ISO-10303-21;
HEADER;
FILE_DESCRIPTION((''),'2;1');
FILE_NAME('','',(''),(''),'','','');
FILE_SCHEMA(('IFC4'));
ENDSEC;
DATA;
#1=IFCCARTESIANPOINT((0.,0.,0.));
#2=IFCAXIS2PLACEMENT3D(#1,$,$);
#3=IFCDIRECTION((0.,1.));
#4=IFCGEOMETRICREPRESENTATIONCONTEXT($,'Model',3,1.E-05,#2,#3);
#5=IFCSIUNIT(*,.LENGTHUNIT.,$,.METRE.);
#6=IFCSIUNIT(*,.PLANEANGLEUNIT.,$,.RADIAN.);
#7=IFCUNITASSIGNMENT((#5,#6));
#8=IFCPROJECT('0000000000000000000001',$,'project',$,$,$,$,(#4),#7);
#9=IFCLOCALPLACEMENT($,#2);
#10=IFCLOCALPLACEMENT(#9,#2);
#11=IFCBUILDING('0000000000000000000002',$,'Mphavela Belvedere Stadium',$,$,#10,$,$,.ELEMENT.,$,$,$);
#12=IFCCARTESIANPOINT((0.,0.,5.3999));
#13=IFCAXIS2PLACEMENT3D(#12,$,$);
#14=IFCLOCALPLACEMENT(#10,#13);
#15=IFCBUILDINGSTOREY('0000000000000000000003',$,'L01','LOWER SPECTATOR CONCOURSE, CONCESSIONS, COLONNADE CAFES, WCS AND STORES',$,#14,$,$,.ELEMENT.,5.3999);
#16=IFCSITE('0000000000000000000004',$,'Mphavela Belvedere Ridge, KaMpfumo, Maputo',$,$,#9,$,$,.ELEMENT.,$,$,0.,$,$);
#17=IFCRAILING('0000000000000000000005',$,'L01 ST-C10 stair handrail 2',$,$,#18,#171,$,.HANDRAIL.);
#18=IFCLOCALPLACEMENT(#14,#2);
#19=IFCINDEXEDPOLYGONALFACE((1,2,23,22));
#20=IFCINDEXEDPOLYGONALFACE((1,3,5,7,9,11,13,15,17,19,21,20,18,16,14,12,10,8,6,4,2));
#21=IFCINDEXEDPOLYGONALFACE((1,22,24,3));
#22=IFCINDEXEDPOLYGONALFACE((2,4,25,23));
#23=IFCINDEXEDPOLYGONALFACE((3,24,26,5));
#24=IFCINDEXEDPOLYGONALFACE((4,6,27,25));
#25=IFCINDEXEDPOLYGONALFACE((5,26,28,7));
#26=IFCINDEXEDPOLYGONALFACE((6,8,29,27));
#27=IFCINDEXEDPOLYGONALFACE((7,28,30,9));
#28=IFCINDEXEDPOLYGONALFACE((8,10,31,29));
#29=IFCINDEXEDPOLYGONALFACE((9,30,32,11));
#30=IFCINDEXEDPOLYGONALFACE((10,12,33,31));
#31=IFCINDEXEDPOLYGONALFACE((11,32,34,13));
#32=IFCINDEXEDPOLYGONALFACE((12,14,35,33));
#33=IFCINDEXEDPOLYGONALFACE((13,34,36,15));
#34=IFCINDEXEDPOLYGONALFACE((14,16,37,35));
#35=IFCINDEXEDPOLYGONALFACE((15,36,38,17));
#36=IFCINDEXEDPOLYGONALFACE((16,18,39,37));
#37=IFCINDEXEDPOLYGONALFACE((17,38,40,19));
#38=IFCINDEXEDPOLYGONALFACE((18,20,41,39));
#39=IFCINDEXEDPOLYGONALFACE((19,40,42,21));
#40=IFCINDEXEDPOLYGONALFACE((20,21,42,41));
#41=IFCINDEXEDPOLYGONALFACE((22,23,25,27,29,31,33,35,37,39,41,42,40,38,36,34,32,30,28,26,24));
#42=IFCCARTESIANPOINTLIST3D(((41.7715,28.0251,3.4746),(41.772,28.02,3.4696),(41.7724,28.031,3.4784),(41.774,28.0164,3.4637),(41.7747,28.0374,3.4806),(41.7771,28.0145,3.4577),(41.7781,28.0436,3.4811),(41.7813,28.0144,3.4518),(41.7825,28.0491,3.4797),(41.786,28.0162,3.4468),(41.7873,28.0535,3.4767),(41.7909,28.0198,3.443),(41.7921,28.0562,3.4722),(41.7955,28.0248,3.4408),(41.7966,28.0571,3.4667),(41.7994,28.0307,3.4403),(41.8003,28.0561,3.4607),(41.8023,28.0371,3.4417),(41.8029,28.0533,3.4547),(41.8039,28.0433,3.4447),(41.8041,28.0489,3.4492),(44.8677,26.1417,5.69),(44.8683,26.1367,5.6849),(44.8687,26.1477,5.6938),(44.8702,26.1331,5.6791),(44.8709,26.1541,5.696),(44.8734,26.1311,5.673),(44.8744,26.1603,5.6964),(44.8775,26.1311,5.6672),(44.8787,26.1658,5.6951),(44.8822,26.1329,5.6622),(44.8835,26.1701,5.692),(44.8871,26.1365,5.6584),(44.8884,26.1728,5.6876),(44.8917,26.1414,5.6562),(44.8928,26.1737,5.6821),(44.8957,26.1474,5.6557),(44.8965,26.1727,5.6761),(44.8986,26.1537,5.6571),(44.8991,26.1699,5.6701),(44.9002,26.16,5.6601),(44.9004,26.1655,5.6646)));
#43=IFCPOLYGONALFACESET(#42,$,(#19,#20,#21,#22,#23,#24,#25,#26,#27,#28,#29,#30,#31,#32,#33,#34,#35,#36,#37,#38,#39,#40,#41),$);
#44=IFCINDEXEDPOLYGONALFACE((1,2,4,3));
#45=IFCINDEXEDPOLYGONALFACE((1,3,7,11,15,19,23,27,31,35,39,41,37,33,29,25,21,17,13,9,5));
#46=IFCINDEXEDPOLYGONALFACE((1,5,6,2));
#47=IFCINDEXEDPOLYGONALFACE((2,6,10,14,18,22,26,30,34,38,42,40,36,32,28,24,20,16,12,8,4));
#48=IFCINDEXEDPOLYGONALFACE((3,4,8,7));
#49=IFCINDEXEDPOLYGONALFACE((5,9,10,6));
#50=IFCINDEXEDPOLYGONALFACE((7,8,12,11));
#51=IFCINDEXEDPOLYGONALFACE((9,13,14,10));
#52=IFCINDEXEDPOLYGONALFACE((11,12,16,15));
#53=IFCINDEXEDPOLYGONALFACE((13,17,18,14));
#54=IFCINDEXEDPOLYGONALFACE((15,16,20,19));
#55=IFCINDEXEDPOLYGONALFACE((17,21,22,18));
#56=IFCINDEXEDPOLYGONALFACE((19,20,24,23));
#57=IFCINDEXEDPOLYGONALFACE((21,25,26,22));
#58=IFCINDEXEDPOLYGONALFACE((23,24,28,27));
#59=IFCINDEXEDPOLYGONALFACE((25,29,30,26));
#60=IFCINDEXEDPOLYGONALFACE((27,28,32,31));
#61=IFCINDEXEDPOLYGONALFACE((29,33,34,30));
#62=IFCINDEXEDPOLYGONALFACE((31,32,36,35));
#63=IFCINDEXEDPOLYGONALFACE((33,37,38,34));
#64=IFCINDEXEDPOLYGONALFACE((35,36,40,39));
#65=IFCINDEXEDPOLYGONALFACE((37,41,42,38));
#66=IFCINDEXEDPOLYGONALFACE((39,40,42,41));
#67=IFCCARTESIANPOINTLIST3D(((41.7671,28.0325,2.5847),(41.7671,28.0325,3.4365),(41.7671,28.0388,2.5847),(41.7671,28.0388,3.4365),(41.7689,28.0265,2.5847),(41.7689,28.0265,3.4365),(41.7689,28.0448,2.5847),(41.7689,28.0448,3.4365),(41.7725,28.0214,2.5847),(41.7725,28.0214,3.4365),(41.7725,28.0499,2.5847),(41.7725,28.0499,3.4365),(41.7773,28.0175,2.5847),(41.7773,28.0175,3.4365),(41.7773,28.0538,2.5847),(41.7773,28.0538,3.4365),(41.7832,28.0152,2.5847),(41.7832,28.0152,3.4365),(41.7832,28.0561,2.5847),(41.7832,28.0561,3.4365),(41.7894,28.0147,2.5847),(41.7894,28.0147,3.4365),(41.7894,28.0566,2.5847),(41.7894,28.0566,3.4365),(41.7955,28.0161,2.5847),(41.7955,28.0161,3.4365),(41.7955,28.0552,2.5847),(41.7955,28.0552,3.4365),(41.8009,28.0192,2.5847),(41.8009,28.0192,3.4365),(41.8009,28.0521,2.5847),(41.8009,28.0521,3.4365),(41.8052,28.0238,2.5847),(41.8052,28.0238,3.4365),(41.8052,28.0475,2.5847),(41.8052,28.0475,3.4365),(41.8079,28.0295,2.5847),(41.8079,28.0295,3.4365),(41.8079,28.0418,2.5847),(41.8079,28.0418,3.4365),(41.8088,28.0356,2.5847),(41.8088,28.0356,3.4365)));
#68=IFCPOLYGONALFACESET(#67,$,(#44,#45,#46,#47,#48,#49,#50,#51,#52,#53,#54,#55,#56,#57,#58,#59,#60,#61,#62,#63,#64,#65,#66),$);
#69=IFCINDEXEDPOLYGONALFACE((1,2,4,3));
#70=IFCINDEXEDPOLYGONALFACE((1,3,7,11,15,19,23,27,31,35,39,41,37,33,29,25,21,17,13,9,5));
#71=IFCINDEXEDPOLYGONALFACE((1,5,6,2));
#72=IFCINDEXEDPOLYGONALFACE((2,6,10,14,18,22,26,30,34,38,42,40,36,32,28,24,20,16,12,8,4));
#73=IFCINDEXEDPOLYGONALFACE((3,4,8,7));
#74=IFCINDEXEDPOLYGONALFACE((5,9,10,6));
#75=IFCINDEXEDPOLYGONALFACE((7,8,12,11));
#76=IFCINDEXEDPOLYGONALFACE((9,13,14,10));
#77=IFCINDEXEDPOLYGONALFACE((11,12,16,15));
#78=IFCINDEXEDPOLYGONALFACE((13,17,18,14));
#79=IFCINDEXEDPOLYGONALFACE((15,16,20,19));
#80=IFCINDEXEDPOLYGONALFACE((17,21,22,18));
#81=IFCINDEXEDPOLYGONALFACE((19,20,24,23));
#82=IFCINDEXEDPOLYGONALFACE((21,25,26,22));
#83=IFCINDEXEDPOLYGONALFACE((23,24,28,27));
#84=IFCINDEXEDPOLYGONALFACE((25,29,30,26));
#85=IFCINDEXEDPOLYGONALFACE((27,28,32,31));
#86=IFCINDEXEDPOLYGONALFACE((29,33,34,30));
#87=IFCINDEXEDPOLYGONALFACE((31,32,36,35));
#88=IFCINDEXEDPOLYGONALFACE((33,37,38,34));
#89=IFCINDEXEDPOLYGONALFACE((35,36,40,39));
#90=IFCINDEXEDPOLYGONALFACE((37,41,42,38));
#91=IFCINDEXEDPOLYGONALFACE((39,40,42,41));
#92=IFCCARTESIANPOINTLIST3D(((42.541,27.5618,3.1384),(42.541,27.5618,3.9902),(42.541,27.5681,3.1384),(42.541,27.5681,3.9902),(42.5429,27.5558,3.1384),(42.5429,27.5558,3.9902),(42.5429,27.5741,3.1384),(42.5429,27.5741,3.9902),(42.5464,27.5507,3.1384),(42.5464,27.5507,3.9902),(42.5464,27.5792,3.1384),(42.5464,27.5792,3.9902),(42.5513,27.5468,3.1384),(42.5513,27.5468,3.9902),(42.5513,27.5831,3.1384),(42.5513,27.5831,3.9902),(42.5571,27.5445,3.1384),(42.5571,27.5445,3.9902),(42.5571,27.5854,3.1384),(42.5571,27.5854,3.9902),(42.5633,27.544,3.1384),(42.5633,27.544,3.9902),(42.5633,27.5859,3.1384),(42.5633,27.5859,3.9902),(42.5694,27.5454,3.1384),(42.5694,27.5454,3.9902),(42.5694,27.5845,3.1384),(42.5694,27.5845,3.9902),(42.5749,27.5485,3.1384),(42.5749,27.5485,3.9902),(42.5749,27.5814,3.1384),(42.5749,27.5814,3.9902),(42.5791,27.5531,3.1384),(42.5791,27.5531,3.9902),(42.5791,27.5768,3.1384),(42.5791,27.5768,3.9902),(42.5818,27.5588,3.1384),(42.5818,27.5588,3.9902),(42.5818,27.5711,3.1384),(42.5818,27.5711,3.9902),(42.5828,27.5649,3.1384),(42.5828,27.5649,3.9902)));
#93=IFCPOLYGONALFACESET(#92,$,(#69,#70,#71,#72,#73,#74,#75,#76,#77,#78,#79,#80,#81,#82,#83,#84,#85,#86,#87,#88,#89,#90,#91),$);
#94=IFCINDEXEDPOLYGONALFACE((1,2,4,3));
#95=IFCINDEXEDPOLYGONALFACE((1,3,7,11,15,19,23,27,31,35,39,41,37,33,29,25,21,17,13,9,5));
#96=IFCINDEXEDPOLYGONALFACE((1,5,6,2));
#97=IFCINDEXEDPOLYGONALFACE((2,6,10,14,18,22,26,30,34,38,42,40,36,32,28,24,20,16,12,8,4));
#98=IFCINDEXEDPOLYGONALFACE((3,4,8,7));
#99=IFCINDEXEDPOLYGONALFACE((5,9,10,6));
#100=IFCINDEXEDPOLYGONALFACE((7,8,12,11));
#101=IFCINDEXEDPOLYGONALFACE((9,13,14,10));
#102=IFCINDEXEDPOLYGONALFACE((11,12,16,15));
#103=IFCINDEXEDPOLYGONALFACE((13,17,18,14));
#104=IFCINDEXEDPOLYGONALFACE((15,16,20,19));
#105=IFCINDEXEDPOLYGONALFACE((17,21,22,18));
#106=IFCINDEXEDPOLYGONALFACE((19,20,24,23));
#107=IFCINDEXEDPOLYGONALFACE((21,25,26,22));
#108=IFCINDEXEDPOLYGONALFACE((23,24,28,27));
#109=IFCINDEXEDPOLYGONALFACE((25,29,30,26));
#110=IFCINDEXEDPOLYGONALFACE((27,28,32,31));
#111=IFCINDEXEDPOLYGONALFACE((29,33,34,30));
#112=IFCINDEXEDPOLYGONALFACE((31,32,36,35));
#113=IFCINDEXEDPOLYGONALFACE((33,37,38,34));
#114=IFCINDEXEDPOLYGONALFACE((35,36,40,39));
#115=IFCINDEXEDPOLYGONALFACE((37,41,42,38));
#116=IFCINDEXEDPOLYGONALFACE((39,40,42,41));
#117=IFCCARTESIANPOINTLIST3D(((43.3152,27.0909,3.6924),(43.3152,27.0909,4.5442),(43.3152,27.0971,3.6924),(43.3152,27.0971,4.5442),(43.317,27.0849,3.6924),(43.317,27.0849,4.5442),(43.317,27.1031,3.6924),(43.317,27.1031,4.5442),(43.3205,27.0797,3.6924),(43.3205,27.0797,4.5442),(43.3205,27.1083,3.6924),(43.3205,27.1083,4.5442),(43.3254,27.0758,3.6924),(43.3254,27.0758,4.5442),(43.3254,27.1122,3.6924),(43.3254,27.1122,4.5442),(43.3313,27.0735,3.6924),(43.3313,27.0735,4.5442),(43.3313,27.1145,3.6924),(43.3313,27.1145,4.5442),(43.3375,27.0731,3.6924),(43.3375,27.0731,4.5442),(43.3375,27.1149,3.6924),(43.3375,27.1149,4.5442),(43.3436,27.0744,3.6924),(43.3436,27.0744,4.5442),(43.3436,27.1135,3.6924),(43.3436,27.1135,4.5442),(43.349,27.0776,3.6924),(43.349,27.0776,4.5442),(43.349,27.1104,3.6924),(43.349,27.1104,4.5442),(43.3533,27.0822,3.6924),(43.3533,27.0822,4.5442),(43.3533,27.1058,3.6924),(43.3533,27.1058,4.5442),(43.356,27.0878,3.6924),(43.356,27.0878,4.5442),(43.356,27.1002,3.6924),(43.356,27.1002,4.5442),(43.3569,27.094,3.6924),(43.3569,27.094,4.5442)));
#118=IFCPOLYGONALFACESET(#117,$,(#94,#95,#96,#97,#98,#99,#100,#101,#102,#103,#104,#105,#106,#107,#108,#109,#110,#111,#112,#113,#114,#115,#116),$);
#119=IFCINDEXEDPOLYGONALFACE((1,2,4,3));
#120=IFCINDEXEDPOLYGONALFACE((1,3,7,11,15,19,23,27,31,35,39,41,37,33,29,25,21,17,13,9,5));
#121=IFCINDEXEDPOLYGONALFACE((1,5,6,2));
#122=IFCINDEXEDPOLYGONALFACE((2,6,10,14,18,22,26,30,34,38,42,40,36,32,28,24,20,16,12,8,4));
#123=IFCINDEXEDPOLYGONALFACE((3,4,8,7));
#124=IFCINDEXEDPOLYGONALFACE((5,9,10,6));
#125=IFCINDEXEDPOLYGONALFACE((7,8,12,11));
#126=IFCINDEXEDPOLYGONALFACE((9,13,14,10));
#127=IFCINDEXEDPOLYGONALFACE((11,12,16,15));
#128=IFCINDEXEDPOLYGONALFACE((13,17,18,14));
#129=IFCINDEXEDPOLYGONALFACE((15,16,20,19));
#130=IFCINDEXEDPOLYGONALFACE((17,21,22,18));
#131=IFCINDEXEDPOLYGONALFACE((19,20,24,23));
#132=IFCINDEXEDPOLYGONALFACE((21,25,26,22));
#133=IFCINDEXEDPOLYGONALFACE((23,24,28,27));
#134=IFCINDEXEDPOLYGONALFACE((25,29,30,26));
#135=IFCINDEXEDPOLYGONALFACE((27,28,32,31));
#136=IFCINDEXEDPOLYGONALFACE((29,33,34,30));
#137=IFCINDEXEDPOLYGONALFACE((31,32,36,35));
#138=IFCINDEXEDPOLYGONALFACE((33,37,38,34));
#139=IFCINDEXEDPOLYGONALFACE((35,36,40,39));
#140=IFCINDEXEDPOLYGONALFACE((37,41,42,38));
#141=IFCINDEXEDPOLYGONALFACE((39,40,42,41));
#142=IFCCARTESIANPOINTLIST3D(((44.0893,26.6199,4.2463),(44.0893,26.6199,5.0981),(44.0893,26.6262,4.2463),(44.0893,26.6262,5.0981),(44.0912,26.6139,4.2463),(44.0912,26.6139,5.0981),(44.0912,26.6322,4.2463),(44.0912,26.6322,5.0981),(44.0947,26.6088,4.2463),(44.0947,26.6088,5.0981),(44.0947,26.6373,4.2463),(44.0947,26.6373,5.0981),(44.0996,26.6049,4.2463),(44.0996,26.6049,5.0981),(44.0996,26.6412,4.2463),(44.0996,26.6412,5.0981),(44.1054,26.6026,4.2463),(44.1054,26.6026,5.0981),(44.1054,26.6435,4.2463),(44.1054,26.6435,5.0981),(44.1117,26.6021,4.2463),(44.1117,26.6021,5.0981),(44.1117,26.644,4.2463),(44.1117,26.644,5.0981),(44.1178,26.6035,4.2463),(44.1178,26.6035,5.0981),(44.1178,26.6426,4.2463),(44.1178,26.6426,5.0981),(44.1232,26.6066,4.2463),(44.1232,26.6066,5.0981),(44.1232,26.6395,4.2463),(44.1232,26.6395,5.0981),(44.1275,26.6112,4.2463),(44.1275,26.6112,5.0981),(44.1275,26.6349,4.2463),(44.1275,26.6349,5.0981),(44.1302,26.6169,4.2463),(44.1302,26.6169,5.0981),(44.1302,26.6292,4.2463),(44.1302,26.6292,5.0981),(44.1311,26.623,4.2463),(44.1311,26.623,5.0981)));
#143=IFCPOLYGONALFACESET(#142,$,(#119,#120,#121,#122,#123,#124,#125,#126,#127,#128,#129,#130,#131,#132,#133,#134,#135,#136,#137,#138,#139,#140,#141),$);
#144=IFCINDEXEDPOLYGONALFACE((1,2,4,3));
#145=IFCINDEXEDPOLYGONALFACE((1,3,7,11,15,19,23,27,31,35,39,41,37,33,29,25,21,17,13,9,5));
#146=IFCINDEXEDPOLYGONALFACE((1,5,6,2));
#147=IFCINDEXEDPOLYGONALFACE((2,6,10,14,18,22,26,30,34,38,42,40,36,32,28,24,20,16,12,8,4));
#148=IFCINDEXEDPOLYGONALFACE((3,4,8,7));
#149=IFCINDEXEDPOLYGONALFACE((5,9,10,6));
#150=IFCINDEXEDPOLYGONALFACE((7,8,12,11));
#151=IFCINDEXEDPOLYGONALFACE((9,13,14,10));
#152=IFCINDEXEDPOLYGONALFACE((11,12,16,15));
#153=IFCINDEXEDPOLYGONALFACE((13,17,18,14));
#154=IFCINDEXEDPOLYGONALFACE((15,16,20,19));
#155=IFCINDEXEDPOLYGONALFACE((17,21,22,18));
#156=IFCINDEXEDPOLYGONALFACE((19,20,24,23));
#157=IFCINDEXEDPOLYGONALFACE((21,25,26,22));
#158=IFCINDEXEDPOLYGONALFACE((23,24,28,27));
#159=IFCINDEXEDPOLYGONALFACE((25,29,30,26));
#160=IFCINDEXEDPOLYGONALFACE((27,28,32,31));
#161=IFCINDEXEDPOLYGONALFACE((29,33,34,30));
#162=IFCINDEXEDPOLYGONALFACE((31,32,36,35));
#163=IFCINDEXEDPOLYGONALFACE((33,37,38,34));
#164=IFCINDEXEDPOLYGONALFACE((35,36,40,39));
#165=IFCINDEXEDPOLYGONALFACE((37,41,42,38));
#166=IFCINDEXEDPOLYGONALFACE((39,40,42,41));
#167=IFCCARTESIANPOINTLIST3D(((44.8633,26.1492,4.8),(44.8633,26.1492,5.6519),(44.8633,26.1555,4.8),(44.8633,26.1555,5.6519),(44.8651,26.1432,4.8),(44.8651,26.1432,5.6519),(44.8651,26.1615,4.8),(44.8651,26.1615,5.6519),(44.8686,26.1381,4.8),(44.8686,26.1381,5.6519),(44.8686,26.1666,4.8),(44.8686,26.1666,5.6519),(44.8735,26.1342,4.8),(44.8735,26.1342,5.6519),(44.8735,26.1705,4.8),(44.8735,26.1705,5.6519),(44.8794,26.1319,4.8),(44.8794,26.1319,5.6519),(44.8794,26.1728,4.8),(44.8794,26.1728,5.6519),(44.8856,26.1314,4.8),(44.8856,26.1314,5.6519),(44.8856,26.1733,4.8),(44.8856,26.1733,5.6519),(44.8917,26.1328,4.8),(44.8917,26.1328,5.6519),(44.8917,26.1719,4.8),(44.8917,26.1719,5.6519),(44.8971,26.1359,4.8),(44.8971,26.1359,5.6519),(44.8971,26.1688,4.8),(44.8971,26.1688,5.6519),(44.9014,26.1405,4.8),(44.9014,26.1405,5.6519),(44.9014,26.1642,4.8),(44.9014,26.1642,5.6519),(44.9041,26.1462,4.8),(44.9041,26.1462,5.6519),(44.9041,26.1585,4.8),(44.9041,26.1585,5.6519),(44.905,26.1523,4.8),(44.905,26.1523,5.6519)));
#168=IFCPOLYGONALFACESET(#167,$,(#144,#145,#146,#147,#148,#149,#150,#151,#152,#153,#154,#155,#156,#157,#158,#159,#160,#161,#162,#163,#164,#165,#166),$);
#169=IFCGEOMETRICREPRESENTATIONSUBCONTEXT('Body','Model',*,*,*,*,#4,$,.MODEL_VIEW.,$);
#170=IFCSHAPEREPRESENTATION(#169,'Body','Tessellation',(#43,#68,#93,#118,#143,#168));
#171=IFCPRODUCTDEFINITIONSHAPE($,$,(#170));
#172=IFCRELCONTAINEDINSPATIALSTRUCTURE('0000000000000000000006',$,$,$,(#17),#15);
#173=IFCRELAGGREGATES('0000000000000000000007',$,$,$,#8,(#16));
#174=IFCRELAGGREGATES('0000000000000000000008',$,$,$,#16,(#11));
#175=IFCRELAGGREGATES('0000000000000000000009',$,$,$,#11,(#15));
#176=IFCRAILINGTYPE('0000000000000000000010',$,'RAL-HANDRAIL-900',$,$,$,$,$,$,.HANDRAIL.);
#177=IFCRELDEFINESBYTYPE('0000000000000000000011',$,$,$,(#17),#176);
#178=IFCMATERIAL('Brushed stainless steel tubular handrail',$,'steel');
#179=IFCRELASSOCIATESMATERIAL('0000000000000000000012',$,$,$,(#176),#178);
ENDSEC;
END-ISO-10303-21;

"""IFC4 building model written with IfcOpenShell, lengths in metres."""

from ifc_helpers import new_model, si_unit, direction, frame, origin, origin_2d, place, context, subcontext, project, spatial, circle, extrude, material, type_object, element, save


model = new_model("IFC4")

# Units and contexts
model_context = context("Model", 3, precision=1e-05, world=origin(), true_north=direction((0.0, 1.0)))
body_context = subcontext(model_context, "Body", "Model", "MODEL_VIEW")
ifc_project = project(units=[si_unit("LENGTHUNIT", "METRE"), si_unit("PLANEANGLEUNIT", "RADIAN")], contexts=[model_context])

# Site, building, storey
site_placement = place(None, origin())
site = spatial("IfcSite", under=ifc_project, at=site_placement, Name="Mphavela Belvedere Ridge, KaMpfumo, Maputo", CompositionType="ELEMENT", RefElevation=0.0)
building_placement = place(site_placement, origin())
building = spatial("IfcBuilding", under=site, at=building_placement, Name="Mphavela Belvedere Stadium", CompositionType="ELEMENT")
storey_placement = place(building_placement, frame((0.0, 0.0, 5.3999)))
storey = spatial("IfcBuildingStorey", under=building, at=storey_placement, Name="L01", Description="LOWER SPECTATOR CONCOURSE, CONCESSIONS, COLONNADE CAFES, WCS AND STORES", CompositionType="ELEMENT", Elevation=5.3999)

# Railing
ifc_material_1 = material(Name="Brushed stainless steel tubular handrail", Category="steel")
railing_type_1 = type_object("IfcRailingType", Name="RAL-HANDRAIL-900", PredefinedType="HANDRAIL", material=ifc_material_1)
railing_1_placement = place(storey_placement, frame((41.7878, 28.0356, 2.5847)))
element("IfcRailing", 1, at=railing_1_placement, inside=storey, type_object=railing_type_1, Name="L01 ST-C10 stair handrail 2", PredefinedType="HANDRAIL", context=body_context, shape_type="SweptSolid", body=[
    extrude(circle(Radius=0.0239, at=origin_2d()), frame((0.0, 0.0, 0.876), z_axis=(0.728951, -0.443395, 0.521566), x_axis=(0.519678, 0.854362, 0.0)), (0.0, 0.0, 1.0), 4.2476),
    extrude(circle(Radius=0.021, at=origin_2d()), origin(), (0.0, 0.0, 1.0), 0.8518),
    extrude(circle(Radius=0.021, at=origin_2d()), frame((0.7739, -0.4707, 0.5537)), (0.0, 0.0, 1.0), 0.8518),
    extrude(circle(Radius=0.021, at=origin_2d()), frame((1.5481, -0.9417, 1.1077)), (0.0, 0.0, 1.0), 0.8518),
    extrude(circle(Radius=0.021, at=origin_2d()), frame((2.3223, -1.4126, 1.6616)), (0.0, 0.0, 1.0), 0.8518),
    extrude(circle(Radius=0.021, at=origin_2d()), frame((3.0962, -1.8833, 2.2153)), (0.0, 0.0, 1.0), 0.8518),
])

save(model, "model.ifc")
